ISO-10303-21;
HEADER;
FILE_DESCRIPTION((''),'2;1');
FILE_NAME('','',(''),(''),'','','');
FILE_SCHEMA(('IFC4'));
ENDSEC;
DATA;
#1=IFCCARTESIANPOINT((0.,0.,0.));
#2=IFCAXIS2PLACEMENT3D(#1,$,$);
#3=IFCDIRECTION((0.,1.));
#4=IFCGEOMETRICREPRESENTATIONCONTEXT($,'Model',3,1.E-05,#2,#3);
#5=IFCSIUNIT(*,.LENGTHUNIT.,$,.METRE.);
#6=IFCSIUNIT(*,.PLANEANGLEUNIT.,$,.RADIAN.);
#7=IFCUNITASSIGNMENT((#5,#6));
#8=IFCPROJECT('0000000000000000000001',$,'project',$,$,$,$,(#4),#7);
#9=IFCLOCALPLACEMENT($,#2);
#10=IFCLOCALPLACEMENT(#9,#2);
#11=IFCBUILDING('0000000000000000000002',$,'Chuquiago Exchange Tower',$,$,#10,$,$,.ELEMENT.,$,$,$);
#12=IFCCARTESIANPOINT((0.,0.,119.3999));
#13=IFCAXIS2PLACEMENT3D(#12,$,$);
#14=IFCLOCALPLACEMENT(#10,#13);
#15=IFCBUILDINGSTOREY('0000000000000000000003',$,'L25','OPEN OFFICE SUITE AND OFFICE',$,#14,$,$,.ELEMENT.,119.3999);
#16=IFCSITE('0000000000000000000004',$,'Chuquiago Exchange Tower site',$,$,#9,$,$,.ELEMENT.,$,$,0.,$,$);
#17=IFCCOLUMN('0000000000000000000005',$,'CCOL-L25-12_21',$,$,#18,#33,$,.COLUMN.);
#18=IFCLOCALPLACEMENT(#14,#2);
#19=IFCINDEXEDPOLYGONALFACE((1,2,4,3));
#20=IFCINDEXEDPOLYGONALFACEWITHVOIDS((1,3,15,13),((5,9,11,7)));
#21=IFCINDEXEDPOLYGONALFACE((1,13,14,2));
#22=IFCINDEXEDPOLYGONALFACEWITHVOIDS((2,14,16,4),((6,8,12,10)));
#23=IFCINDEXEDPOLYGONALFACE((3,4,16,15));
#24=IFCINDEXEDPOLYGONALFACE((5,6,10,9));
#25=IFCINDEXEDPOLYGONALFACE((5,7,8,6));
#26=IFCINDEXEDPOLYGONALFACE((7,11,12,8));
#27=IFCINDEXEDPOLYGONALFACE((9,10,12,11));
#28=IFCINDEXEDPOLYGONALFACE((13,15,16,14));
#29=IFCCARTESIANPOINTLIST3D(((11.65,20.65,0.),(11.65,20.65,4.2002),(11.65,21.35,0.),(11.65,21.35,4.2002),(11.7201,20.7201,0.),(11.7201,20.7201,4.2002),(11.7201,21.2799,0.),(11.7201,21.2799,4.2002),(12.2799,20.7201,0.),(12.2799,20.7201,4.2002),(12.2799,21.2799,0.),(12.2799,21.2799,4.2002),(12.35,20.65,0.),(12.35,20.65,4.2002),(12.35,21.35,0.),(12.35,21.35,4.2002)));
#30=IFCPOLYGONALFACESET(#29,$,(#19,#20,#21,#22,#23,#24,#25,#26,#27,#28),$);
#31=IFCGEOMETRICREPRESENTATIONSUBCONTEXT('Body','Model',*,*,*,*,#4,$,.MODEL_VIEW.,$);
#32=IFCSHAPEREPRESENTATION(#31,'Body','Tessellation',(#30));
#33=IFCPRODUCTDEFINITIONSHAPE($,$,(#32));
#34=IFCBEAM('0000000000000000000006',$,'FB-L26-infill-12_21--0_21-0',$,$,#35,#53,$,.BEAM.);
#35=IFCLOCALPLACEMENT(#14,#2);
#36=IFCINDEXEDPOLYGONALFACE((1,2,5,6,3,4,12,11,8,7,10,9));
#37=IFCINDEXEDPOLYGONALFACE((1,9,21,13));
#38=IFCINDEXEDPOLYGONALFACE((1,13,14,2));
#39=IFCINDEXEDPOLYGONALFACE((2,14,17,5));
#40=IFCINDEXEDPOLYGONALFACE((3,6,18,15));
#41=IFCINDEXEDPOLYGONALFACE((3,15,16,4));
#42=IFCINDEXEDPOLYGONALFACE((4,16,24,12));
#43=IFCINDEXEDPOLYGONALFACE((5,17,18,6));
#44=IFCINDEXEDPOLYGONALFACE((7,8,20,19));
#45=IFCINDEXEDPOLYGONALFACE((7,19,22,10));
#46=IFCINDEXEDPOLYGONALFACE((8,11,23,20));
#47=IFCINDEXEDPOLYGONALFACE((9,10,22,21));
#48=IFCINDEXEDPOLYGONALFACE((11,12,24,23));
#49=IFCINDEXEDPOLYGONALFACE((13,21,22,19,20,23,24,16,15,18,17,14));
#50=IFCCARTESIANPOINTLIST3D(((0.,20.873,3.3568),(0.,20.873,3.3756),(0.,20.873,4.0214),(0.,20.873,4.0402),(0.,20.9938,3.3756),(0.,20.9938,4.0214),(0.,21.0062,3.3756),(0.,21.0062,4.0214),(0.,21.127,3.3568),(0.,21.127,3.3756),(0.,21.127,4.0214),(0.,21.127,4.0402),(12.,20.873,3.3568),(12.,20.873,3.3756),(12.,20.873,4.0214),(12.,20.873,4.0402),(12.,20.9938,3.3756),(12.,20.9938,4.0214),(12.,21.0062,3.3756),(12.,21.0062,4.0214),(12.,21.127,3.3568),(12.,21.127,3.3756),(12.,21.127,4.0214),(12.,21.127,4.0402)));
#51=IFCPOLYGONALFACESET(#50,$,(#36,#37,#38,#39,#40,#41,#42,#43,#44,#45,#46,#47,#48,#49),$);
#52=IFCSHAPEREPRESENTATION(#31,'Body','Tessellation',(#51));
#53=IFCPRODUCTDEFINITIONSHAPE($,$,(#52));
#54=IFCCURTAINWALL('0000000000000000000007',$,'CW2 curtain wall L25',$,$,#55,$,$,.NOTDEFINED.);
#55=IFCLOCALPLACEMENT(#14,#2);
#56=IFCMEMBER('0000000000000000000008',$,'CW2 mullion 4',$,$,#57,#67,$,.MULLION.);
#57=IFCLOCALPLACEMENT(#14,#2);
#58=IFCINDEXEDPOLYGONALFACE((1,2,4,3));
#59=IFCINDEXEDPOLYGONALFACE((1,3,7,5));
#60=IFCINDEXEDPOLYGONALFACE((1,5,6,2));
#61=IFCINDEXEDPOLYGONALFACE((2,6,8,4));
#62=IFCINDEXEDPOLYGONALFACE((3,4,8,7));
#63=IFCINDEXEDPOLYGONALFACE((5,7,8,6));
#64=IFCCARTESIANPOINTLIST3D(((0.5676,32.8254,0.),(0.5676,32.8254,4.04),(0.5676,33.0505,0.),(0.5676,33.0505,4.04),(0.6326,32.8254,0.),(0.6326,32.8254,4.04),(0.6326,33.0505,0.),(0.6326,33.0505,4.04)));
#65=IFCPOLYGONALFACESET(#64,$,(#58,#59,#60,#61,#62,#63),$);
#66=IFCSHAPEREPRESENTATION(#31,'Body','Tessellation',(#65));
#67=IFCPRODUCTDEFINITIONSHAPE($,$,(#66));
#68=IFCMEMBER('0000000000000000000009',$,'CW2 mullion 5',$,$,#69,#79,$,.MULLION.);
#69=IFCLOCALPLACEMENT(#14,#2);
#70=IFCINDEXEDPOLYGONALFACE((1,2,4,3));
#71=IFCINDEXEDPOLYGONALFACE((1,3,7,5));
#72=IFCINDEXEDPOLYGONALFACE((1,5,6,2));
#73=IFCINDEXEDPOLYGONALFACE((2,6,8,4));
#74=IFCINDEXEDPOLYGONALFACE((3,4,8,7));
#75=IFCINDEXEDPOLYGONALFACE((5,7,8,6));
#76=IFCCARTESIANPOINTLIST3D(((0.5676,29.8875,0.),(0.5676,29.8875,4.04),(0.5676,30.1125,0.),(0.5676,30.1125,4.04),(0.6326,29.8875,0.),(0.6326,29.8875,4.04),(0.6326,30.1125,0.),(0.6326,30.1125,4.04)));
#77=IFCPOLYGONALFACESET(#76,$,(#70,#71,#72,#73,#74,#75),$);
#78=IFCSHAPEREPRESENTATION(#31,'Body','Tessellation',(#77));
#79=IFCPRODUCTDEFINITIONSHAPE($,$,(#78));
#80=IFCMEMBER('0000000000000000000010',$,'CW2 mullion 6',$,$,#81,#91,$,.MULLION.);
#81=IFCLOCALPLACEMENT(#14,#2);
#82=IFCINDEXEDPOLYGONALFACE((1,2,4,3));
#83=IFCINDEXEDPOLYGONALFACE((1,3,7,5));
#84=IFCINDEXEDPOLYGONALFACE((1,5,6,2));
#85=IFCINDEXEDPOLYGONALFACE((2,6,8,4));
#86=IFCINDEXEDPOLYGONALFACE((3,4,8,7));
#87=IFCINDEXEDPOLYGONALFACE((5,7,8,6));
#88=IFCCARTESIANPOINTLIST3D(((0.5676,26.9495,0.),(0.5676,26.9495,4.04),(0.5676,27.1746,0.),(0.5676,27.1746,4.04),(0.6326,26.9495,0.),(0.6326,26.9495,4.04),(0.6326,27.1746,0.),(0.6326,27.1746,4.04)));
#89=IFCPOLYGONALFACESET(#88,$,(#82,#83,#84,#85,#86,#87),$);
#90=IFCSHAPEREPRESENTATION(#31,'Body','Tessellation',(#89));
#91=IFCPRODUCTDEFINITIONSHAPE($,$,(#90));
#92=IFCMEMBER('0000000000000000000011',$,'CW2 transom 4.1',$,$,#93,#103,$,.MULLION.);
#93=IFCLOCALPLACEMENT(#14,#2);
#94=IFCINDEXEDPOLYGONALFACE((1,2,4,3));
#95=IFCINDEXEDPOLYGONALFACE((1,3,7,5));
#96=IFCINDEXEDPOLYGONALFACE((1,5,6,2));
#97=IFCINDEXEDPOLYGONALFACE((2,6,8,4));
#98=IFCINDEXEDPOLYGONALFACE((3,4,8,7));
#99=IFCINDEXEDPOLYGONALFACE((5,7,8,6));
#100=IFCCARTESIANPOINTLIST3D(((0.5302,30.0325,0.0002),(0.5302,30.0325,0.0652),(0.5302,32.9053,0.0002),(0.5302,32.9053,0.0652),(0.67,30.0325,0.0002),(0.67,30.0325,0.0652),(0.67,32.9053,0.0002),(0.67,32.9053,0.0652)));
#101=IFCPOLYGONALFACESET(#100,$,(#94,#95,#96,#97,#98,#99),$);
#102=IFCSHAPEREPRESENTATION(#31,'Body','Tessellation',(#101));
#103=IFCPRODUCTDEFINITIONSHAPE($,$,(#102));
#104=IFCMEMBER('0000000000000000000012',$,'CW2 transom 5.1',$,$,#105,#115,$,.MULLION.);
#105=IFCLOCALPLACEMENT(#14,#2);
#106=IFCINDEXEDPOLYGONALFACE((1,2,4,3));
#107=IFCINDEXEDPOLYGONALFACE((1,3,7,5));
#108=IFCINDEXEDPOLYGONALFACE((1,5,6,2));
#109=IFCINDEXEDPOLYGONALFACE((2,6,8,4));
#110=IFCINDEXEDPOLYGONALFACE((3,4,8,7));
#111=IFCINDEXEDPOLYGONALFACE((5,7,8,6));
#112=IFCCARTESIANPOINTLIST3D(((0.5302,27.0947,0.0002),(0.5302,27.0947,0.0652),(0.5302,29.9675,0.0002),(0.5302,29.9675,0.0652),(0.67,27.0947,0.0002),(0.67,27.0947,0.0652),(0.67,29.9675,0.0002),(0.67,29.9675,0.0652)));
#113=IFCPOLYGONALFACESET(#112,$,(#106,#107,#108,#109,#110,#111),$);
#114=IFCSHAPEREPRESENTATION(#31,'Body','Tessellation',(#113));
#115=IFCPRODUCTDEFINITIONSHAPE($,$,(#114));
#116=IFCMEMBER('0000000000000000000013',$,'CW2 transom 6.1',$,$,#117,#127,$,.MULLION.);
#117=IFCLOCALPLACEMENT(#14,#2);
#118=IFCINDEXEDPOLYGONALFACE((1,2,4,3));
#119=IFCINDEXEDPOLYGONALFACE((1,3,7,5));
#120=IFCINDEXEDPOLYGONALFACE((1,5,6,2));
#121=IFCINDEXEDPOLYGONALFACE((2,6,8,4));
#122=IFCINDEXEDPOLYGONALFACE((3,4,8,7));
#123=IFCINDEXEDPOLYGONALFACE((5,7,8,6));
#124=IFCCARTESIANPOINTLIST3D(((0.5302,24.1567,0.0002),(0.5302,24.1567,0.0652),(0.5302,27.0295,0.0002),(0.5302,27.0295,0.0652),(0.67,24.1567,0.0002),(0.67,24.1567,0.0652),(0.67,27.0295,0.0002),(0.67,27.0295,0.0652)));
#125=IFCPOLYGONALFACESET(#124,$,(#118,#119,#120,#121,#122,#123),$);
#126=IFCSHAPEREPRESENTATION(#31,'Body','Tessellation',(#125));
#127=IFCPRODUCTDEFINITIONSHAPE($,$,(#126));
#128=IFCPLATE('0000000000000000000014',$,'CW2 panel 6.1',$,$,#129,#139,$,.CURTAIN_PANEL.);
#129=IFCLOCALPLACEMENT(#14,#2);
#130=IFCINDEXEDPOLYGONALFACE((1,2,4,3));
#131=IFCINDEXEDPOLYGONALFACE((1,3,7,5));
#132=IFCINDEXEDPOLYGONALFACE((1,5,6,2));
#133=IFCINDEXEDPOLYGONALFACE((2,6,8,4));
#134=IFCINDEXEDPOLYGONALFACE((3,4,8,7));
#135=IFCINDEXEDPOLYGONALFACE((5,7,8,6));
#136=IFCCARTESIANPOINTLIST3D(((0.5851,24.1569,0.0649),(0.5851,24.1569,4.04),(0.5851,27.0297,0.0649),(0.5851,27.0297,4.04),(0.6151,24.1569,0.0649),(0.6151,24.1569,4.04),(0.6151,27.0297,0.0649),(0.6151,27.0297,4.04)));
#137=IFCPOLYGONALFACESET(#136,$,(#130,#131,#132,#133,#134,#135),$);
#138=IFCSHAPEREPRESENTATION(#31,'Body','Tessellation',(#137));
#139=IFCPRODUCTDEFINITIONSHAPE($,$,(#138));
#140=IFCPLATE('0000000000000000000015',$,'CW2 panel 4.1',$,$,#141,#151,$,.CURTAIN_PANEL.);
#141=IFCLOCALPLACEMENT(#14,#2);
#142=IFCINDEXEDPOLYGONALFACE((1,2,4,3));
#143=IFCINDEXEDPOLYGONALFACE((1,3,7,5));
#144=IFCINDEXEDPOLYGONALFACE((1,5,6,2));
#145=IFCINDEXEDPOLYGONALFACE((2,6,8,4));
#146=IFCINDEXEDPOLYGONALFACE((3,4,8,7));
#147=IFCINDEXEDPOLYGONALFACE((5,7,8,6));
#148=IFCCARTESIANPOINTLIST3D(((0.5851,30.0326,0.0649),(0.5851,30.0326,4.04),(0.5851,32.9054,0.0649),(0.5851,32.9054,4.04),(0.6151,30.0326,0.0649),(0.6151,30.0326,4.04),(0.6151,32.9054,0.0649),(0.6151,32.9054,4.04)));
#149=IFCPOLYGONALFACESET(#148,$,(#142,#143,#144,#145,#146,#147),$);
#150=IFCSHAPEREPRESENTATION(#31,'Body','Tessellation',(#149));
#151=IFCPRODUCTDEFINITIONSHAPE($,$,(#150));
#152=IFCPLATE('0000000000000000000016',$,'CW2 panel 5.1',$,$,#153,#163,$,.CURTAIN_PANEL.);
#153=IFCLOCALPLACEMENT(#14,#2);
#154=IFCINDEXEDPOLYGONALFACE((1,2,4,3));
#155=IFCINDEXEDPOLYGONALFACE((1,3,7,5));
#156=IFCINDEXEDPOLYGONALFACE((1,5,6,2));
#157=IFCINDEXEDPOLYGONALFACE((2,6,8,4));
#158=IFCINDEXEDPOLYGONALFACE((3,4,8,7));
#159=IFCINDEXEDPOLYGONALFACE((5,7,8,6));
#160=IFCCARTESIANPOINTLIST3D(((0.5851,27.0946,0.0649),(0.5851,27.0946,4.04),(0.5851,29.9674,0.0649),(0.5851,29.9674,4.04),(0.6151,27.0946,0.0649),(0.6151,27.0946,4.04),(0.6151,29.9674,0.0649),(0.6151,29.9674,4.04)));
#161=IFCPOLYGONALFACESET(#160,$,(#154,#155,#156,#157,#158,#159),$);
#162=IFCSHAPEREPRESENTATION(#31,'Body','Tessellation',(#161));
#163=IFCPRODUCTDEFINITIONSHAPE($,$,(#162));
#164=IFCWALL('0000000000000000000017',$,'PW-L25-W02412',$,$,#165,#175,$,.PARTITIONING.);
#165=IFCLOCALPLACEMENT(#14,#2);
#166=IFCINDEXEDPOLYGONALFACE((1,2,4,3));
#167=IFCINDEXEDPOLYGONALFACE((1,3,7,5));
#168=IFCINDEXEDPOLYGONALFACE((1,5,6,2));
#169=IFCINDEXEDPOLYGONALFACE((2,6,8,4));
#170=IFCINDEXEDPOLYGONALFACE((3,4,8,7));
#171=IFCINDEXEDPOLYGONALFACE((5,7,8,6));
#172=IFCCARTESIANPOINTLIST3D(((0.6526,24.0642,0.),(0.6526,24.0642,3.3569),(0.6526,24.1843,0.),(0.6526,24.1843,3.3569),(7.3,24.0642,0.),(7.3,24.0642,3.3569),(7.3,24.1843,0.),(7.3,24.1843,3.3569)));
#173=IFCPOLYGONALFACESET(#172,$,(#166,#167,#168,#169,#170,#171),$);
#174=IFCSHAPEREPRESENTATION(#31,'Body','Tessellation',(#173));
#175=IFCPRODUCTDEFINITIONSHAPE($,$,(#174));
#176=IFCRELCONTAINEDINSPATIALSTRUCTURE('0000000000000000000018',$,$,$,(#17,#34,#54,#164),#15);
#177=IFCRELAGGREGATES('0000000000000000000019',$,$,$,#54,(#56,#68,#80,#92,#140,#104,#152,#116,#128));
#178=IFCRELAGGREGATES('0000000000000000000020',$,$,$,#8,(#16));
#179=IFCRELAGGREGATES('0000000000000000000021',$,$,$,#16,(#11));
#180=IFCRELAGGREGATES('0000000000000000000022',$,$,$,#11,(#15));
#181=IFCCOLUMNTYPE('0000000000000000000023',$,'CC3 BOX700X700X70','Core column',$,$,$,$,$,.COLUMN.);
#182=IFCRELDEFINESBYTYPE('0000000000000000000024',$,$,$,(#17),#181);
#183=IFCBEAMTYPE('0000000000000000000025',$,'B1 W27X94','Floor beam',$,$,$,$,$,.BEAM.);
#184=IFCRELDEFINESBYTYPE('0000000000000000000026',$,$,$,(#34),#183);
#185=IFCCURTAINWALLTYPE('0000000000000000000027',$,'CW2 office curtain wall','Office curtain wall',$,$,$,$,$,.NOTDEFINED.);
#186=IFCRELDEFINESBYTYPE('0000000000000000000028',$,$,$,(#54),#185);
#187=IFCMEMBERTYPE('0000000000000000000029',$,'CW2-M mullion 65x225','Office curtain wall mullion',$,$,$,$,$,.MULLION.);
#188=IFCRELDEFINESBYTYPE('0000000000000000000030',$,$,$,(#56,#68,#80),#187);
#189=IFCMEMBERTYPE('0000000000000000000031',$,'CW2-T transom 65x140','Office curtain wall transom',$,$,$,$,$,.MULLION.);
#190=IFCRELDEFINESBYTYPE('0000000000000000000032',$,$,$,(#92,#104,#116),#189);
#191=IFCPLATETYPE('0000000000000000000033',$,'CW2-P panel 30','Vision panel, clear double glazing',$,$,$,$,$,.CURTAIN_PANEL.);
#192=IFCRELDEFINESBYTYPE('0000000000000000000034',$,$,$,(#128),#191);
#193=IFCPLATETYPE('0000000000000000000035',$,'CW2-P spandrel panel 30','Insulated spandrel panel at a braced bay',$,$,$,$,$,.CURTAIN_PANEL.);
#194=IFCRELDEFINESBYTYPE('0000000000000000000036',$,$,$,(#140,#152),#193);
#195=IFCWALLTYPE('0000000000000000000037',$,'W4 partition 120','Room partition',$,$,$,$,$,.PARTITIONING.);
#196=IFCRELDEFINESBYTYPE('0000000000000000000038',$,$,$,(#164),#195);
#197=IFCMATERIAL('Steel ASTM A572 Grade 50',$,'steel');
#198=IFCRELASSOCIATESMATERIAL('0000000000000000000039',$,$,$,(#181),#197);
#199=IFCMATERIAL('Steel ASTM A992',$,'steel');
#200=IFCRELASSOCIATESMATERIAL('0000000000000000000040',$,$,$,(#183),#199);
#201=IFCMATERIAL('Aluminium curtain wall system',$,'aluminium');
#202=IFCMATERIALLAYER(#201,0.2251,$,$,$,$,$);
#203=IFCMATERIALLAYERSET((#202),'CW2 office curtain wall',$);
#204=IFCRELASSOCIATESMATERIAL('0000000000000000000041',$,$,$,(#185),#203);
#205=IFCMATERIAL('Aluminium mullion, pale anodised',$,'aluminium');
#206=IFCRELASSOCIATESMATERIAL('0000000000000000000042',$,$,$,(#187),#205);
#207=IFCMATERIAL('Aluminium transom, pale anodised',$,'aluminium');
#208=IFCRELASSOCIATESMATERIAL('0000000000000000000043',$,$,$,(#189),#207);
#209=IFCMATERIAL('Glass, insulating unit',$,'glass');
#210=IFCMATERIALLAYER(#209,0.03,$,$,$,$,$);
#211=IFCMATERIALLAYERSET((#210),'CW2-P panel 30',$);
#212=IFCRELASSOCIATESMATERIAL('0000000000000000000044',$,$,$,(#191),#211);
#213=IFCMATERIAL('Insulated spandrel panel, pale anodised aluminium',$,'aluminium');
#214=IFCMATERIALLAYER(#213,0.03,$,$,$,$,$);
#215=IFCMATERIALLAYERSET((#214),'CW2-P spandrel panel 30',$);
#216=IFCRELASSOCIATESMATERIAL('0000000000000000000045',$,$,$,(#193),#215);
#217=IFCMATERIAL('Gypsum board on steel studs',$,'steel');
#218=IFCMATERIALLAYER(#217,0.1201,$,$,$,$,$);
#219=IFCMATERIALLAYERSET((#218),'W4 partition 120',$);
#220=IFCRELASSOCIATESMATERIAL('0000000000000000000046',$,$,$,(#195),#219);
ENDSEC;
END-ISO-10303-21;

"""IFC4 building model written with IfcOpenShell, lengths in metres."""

from ifc_helpers import new_model, si_unit, direction, frame, frame_2d, origin, origin_2d, place, context, subcontext, project, spatial, rectangle, hollow_rectangle, i_section, extrude, material, layer, layer_set, material_profile, profile_set, type_object, element, aggregate, save


model = new_model("IFC4")

# Units and contexts
model_context = context("Model", 3, precision=1e-05, world=origin(), true_north=direction((0.0, 1.0)))
body_context = subcontext(model_context, "Body", "Model", "MODEL_VIEW")
ifc_project = project(units=[si_unit("LENGTHUNIT", "METRE"), si_unit("PLANEANGLEUNIT", "RADIAN")], contexts=[model_context])

# Site, building, storey
site_placement = place(None, origin())
site = spatial("IfcSite", under=ifc_project, at=site_placement, Name="Chuquiago Exchange Tower site", CompositionType="ELEMENT", RefElevation=0.0)
building_placement = place(site_placement, origin())
building = spatial("IfcBuilding", under=site, at=building_placement, Name="Chuquiago Exchange Tower", CompositionType="ELEMENT")
storey_placement = place(building_placement, frame((0.0, 0.0, 119.3999)))
storey = spatial("IfcBuildingStorey", under=building, at=storey_placement, Name="L25", Description="OPEN OFFICE SUITE AND OFFICE", CompositionType="ELEMENT", Elevation=119.3999)

# Column
ifc_material_1 = material(Name="Steel ASTM A572 Grade 50", Category="steel")
ifc_material_profile_1 = material_profile(ifc_material_1, hollow_rectangle(XDim=0.7, YDim=0.7, WallThickness=0.0701, at=origin_2d()), Name="BOX700X700X70")
ifc_profile_set_1 = profile_set([ifc_material_profile_1], Name="Steel ASTM A572 Grade 50")
column_type = type_object("IfcColumnType", Name="CC3 BOX700X700X70", Description="Core column", PredefinedType="COLUMN", material=ifc_profile_set_1)
column_placement = place(storey_placement, frame((12.0, 21.0, 0.0), z_axis=(0.0, 0.0, 1.0), x_axis=(1.0, 0.0, 0.0)))
element("IfcColumn", 1, at=column_placement, inside=storey, type_object=column_type, Name="CCOL-L25-12_21", PredefinedType="COLUMN", context=body_context, shape_type="SweptSolid", body=[
    extrude(hollow_rectangle(XDim=0.7, YDim=0.7, WallThickness=0.0701, at=origin_2d()), origin(), (0.0, 0.0, 1.0), 4.2002),
])

# Beam
ifc_material_2 = material(Name="Steel ASTM A992", Category="steel")
ifc_material_profile_2 = material_profile(ifc_material_2, i_section(OverallWidth=0.2539, OverallDepth=0.6833, WebThickness=0.0125, FlangeThickness=0.0188, at=origin_2d()), Name="W27X94")
ifc_profile_set_2 = profile_set([ifc_material_profile_2], Name="Steel ASTM A992")
beam_type = type_object("IfcBeamType", Name="B1 W27X94", Description="Floor beam", PredefinedType="BEAM", material=ifc_profile_set_2)
beam_placement = place(storey_placement, frame((12.0, 21.0, 3.6985), z_axis=(-1.0, 0.0, 0.0), x_axis=(0.0, -1.0, 0.0)))
element("IfcBeam", 2, at=beam_placement, inside=storey, type_object=beam_type, Name="FB-L26-infill-12_21--0_21-0", PredefinedType="BEAM", context=body_context, shape_type="SweptSolid", body=[
    extrude(i_section(OverallWidth=0.2539, OverallDepth=0.6833, WebThickness=0.0125, FlangeThickness=0.0188, at=origin_2d()), origin(), (0.0, 0.0, 1.0), 12.0),
])

# Curtain wall, members, plates
ifc_material_3 = material(Name="Aluminium curtain wall system", Category="aluminium")
ifc_layer_1 = layer(ifc_material_3, 0.2251)
ifc_layer_set_1 = layer_set([ifc_layer_1], Name="CW2 office curtain wall")
curtain_wall_type = type_object("IfcCurtainWallType", Name="CW2 office curtain wall", Description="Office curtain wall", PredefinedType="NOTDEFINED", material=ifc_layer_set_1)
curtain_wall_placement = place(storey_placement, origin())
curtain_wall = element("IfcCurtainWall", 3, at=curtain_wall_placement, inside=storey, type_object=curtain_wall_type, Name="CW2 curtain wall L25", PredefinedType="NOTDEFINED")
ifc_material_4 = material(Name="Aluminium mullion, pale anodised", Category="aluminium")
ifc_material_profile_3 = material_profile(ifc_material_4, rectangle(XDim=0.0649, YDim=0.2251, at=origin_2d()), Name="AL 65x225")
ifc_profile_set_3 = profile_set([ifc_material_profile_3], Name="Aluminium mullion, pale anodised")
member_type_1 = type_object("IfcMemberType", Name="CW2-M mullion 65x225", Description="Office curtain wall mullion", PredefinedType="MULLION", material=ifc_profile_set_3)
member_1_placement = place(storey_placement, frame((0.6001, 32.938, 0.0), z_axis=(0.0, 0.0, 1.0), x_axis=(1.0, 0.0, 0.0)))
member_1 = element("IfcMember", 4, at=member_1_placement, type_object=member_type_1, Name="CW2 mullion 4", PredefinedType="MULLION", context=body_context, shape_type="SweptSolid", body=[
    extrude(rectangle(XDim=0.0649, YDim=0.2251, at=origin_2d()), origin(), (0.0, 0.0, 1.0), 4.04),
])
member_2_placement = place(storey_placement, frame((0.6001, 30.0, 0.0), z_axis=(0.0, 0.0, 1.0), x_axis=(1.0, 0.0, 0.0)))
member_2 = element("IfcMember", 5, at=member_2_placement, type_object=member_type_1, Name="CW2 mullion 5", PredefinedType="MULLION", context=body_context, shape_type="SweptSolid", body=[
    extrude(rectangle(XDim=0.0649, YDim=0.2251, at=origin_2d()), origin(), (0.0, 0.0, 1.0), 4.04),
])
member_3_placement = place(storey_placement, frame((0.6001, 27.062, 0.0), z_axis=(0.0, 0.0, 1.0), x_axis=(1.0, 0.0, 0.0)))
member_3 = element("IfcMember", 6, at=member_3_placement, type_object=member_type_1, Name="CW2 mullion 6", PredefinedType="MULLION", context=body_context, shape_type="SweptSolid", body=[
    extrude(rectangle(XDim=0.0649, YDim=0.2251, at=origin_2d()), origin(), (0.0, 0.0, 1.0), 4.04),
])
ifc_material_5 = material(Name="Aluminium transom, pale anodised", Category="aluminium")
ifc_material_profile_4 = material_profile(ifc_material_5, rectangle(XDim=0.1399, YDim=0.0649, at=origin_2d()), Name="AL 140x65")
ifc_profile_set_4 = profile_set([ifc_material_profile_4], Name="Aluminium transom, pale anodised")
member_type_2 = type_object("IfcMemberType", Name="CW2-T transom 65x140", Description="Office curtain wall transom", PredefinedType="MULLION", material=ifc_profile_set_4)
member_4_placement = place(storey_placement, frame((0.6001, 32.9053, 0.0327), z_axis=(0.0, -1.0, 0.0), x_axis=(1.0, 0.0, 0.0)))
member_4 = element("IfcMember", 7, at=member_4_placement, type_object=member_type_2, Name="CW2 transom 4.1", PredefinedType="MULLION", context=body_context, shape_type="SweptSolid", body=[
    extrude(rectangle(XDim=0.1399, YDim=0.0649, at=origin_2d()), origin(), (0.0, 0.0, 1.0), 2.8728),
])
member_5_placement = place(storey_placement, frame((0.6001, 29.9675, 0.0327), z_axis=(0.0, -1.0, 0.0), x_axis=(1.0, 0.0, 0.0)))
member_5 = element("IfcMember", 8, at=member_5_placement, type_object=member_type_2, Name="CW2 transom 5.1", PredefinedType="MULLION", context=body_context, shape_type="SweptSolid", body=[
    extrude(rectangle(XDim=0.1399, YDim=0.0649, at=origin_2d()), origin(), (0.0, 0.0, 1.0), 2.8728),
])
member_6_placement = place(storey_placement, frame((0.6001, 27.0295, 0.0327), z_axis=(0.0, -1.0, 0.0), x_axis=(1.0, 0.0, 0.0)))
member_6 = element("IfcMember", 9, at=member_6_placement, type_object=member_type_2, Name="CW2 transom 6.1", PredefinedType="MULLION", context=body_context, shape_type="SweptSolid", body=[
    extrude(rectangle(XDim=0.1399, YDim=0.0649, at=origin_2d()), origin(), (0.0, 0.0, 1.0), 2.8728),
])
ifc_material_6 = material(Name="Glass, insulating unit", Category="glass")
ifc_layer_2 = layer(ifc_material_6, 0.03)
ifc_layer_set_2 = layer_set([ifc_layer_2], Name="CW2-P panel 30")
plate_type_1 = type_object("IfcPlateType", Name="CW2-P panel 30", Description="Vision panel, clear double glazing", PredefinedType="CURTAIN_PANEL", material=ifc_layer_set_2)
plate_1_placement = place(storey_placement, frame((0.6001, 25.5933, 0.0649), z_axis=(0.0, 0.0, 1.0), x_axis=(0.0, -1.0, 0.0)))
plate_1 = element("IfcPlate", 10, at=plate_1_placement, type_object=plate_type_1, Name="CW2 panel 6.1", PredefinedType="CURTAIN_PANEL", context=body_context, shape_type="SweptSolid", body=[
    extrude(rectangle(XDim=2.8728, YDim=0.03, at=origin_2d()), origin(), (0.0, 0.0, 1.0), 3.9751),
])
ifc_material_7 = material(Name="Insulated spandrel panel, pale anodised aluminium", Category="aluminium")
ifc_layer_3 = layer(ifc_material_7, 0.03)
ifc_layer_set_3 = layer_set([ifc_layer_3], Name="CW2-P spandrel panel 30")
plate_type_2 = type_object("IfcPlateType", Name="CW2-P spandrel panel 30", Description="Insulated spandrel panel at a braced bay", PredefinedType="CURTAIN_PANEL", material=ifc_layer_set_3)
plate_2_placement = place(storey_placement, frame((0.6001, 31.469, 0.0649), z_axis=(0.0, 0.0, 1.0), x_axis=(0.0, -1.0, 0.0)))
plate_2 = element("IfcPlate", 11, at=plate_2_placement, type_object=plate_type_2, Name="CW2 panel 4.1", PredefinedType="CURTAIN_PANEL", context=body_context, shape_type="SweptSolid", body=[
    extrude(rectangle(XDim=2.8728, YDim=0.03, at=origin_2d()), origin(), (0.0, 0.0, 1.0), 3.9751),
])
plate_3_placement = place(storey_placement, frame((0.6001, 28.531, 0.0649), z_axis=(0.0, 0.0, 1.0), x_axis=(0.0, -1.0, 0.0)))
plate_3 = element("IfcPlate", 12, at=plate_3_placement, type_object=plate_type_2, Name="CW2 panel 5.1", PredefinedType="CURTAIN_PANEL", context=body_context, shape_type="SweptSolid", body=[
    extrude(rectangle(XDim=2.8728, YDim=0.03, at=origin_2d()), origin(), (0.0, 0.0, 1.0), 3.9751),
])
aggregate(curtain_wall, [member_1, member_2, member_3, member_4, plate_2, member_5, plate_3, member_6, plate_1])

# Wall
ifc_material_8 = material(Name="Gypsum board on steel studs", Category="steel")
ifc_layer_4 = layer(ifc_material_8, 0.1201)
ifc_layer_set_4 = layer_set([ifc_layer_4], Name="W4 partition 120")
wall_type = type_object("IfcWallType", Name="W4 partition 120", Description="Room partition", PredefinedType="PARTITIONING", material=ifc_layer_set_4)
wall_1_placement = place(storey_placement, frame((0.6526, 24.1243, 0.0), z_axis=(0.0, 0.0, 1.0), x_axis=(1.0, 0.0, 0.0)))
element("IfcWall", 13, at=wall_1_placement, inside=storey, type_object=wall_type, Name="PW-L25-W02412", PredefinedType="PARTITIONING", context=body_context, shape_type="SweptSolid", body=[
    extrude(rectangle(XDim=6.6475, YDim=0.1201, at=frame_2d((3.3237, 0.0))), origin(), (0.0, 0.0, 1.0), 3.3569),
])

save(model, "model.ifc")
